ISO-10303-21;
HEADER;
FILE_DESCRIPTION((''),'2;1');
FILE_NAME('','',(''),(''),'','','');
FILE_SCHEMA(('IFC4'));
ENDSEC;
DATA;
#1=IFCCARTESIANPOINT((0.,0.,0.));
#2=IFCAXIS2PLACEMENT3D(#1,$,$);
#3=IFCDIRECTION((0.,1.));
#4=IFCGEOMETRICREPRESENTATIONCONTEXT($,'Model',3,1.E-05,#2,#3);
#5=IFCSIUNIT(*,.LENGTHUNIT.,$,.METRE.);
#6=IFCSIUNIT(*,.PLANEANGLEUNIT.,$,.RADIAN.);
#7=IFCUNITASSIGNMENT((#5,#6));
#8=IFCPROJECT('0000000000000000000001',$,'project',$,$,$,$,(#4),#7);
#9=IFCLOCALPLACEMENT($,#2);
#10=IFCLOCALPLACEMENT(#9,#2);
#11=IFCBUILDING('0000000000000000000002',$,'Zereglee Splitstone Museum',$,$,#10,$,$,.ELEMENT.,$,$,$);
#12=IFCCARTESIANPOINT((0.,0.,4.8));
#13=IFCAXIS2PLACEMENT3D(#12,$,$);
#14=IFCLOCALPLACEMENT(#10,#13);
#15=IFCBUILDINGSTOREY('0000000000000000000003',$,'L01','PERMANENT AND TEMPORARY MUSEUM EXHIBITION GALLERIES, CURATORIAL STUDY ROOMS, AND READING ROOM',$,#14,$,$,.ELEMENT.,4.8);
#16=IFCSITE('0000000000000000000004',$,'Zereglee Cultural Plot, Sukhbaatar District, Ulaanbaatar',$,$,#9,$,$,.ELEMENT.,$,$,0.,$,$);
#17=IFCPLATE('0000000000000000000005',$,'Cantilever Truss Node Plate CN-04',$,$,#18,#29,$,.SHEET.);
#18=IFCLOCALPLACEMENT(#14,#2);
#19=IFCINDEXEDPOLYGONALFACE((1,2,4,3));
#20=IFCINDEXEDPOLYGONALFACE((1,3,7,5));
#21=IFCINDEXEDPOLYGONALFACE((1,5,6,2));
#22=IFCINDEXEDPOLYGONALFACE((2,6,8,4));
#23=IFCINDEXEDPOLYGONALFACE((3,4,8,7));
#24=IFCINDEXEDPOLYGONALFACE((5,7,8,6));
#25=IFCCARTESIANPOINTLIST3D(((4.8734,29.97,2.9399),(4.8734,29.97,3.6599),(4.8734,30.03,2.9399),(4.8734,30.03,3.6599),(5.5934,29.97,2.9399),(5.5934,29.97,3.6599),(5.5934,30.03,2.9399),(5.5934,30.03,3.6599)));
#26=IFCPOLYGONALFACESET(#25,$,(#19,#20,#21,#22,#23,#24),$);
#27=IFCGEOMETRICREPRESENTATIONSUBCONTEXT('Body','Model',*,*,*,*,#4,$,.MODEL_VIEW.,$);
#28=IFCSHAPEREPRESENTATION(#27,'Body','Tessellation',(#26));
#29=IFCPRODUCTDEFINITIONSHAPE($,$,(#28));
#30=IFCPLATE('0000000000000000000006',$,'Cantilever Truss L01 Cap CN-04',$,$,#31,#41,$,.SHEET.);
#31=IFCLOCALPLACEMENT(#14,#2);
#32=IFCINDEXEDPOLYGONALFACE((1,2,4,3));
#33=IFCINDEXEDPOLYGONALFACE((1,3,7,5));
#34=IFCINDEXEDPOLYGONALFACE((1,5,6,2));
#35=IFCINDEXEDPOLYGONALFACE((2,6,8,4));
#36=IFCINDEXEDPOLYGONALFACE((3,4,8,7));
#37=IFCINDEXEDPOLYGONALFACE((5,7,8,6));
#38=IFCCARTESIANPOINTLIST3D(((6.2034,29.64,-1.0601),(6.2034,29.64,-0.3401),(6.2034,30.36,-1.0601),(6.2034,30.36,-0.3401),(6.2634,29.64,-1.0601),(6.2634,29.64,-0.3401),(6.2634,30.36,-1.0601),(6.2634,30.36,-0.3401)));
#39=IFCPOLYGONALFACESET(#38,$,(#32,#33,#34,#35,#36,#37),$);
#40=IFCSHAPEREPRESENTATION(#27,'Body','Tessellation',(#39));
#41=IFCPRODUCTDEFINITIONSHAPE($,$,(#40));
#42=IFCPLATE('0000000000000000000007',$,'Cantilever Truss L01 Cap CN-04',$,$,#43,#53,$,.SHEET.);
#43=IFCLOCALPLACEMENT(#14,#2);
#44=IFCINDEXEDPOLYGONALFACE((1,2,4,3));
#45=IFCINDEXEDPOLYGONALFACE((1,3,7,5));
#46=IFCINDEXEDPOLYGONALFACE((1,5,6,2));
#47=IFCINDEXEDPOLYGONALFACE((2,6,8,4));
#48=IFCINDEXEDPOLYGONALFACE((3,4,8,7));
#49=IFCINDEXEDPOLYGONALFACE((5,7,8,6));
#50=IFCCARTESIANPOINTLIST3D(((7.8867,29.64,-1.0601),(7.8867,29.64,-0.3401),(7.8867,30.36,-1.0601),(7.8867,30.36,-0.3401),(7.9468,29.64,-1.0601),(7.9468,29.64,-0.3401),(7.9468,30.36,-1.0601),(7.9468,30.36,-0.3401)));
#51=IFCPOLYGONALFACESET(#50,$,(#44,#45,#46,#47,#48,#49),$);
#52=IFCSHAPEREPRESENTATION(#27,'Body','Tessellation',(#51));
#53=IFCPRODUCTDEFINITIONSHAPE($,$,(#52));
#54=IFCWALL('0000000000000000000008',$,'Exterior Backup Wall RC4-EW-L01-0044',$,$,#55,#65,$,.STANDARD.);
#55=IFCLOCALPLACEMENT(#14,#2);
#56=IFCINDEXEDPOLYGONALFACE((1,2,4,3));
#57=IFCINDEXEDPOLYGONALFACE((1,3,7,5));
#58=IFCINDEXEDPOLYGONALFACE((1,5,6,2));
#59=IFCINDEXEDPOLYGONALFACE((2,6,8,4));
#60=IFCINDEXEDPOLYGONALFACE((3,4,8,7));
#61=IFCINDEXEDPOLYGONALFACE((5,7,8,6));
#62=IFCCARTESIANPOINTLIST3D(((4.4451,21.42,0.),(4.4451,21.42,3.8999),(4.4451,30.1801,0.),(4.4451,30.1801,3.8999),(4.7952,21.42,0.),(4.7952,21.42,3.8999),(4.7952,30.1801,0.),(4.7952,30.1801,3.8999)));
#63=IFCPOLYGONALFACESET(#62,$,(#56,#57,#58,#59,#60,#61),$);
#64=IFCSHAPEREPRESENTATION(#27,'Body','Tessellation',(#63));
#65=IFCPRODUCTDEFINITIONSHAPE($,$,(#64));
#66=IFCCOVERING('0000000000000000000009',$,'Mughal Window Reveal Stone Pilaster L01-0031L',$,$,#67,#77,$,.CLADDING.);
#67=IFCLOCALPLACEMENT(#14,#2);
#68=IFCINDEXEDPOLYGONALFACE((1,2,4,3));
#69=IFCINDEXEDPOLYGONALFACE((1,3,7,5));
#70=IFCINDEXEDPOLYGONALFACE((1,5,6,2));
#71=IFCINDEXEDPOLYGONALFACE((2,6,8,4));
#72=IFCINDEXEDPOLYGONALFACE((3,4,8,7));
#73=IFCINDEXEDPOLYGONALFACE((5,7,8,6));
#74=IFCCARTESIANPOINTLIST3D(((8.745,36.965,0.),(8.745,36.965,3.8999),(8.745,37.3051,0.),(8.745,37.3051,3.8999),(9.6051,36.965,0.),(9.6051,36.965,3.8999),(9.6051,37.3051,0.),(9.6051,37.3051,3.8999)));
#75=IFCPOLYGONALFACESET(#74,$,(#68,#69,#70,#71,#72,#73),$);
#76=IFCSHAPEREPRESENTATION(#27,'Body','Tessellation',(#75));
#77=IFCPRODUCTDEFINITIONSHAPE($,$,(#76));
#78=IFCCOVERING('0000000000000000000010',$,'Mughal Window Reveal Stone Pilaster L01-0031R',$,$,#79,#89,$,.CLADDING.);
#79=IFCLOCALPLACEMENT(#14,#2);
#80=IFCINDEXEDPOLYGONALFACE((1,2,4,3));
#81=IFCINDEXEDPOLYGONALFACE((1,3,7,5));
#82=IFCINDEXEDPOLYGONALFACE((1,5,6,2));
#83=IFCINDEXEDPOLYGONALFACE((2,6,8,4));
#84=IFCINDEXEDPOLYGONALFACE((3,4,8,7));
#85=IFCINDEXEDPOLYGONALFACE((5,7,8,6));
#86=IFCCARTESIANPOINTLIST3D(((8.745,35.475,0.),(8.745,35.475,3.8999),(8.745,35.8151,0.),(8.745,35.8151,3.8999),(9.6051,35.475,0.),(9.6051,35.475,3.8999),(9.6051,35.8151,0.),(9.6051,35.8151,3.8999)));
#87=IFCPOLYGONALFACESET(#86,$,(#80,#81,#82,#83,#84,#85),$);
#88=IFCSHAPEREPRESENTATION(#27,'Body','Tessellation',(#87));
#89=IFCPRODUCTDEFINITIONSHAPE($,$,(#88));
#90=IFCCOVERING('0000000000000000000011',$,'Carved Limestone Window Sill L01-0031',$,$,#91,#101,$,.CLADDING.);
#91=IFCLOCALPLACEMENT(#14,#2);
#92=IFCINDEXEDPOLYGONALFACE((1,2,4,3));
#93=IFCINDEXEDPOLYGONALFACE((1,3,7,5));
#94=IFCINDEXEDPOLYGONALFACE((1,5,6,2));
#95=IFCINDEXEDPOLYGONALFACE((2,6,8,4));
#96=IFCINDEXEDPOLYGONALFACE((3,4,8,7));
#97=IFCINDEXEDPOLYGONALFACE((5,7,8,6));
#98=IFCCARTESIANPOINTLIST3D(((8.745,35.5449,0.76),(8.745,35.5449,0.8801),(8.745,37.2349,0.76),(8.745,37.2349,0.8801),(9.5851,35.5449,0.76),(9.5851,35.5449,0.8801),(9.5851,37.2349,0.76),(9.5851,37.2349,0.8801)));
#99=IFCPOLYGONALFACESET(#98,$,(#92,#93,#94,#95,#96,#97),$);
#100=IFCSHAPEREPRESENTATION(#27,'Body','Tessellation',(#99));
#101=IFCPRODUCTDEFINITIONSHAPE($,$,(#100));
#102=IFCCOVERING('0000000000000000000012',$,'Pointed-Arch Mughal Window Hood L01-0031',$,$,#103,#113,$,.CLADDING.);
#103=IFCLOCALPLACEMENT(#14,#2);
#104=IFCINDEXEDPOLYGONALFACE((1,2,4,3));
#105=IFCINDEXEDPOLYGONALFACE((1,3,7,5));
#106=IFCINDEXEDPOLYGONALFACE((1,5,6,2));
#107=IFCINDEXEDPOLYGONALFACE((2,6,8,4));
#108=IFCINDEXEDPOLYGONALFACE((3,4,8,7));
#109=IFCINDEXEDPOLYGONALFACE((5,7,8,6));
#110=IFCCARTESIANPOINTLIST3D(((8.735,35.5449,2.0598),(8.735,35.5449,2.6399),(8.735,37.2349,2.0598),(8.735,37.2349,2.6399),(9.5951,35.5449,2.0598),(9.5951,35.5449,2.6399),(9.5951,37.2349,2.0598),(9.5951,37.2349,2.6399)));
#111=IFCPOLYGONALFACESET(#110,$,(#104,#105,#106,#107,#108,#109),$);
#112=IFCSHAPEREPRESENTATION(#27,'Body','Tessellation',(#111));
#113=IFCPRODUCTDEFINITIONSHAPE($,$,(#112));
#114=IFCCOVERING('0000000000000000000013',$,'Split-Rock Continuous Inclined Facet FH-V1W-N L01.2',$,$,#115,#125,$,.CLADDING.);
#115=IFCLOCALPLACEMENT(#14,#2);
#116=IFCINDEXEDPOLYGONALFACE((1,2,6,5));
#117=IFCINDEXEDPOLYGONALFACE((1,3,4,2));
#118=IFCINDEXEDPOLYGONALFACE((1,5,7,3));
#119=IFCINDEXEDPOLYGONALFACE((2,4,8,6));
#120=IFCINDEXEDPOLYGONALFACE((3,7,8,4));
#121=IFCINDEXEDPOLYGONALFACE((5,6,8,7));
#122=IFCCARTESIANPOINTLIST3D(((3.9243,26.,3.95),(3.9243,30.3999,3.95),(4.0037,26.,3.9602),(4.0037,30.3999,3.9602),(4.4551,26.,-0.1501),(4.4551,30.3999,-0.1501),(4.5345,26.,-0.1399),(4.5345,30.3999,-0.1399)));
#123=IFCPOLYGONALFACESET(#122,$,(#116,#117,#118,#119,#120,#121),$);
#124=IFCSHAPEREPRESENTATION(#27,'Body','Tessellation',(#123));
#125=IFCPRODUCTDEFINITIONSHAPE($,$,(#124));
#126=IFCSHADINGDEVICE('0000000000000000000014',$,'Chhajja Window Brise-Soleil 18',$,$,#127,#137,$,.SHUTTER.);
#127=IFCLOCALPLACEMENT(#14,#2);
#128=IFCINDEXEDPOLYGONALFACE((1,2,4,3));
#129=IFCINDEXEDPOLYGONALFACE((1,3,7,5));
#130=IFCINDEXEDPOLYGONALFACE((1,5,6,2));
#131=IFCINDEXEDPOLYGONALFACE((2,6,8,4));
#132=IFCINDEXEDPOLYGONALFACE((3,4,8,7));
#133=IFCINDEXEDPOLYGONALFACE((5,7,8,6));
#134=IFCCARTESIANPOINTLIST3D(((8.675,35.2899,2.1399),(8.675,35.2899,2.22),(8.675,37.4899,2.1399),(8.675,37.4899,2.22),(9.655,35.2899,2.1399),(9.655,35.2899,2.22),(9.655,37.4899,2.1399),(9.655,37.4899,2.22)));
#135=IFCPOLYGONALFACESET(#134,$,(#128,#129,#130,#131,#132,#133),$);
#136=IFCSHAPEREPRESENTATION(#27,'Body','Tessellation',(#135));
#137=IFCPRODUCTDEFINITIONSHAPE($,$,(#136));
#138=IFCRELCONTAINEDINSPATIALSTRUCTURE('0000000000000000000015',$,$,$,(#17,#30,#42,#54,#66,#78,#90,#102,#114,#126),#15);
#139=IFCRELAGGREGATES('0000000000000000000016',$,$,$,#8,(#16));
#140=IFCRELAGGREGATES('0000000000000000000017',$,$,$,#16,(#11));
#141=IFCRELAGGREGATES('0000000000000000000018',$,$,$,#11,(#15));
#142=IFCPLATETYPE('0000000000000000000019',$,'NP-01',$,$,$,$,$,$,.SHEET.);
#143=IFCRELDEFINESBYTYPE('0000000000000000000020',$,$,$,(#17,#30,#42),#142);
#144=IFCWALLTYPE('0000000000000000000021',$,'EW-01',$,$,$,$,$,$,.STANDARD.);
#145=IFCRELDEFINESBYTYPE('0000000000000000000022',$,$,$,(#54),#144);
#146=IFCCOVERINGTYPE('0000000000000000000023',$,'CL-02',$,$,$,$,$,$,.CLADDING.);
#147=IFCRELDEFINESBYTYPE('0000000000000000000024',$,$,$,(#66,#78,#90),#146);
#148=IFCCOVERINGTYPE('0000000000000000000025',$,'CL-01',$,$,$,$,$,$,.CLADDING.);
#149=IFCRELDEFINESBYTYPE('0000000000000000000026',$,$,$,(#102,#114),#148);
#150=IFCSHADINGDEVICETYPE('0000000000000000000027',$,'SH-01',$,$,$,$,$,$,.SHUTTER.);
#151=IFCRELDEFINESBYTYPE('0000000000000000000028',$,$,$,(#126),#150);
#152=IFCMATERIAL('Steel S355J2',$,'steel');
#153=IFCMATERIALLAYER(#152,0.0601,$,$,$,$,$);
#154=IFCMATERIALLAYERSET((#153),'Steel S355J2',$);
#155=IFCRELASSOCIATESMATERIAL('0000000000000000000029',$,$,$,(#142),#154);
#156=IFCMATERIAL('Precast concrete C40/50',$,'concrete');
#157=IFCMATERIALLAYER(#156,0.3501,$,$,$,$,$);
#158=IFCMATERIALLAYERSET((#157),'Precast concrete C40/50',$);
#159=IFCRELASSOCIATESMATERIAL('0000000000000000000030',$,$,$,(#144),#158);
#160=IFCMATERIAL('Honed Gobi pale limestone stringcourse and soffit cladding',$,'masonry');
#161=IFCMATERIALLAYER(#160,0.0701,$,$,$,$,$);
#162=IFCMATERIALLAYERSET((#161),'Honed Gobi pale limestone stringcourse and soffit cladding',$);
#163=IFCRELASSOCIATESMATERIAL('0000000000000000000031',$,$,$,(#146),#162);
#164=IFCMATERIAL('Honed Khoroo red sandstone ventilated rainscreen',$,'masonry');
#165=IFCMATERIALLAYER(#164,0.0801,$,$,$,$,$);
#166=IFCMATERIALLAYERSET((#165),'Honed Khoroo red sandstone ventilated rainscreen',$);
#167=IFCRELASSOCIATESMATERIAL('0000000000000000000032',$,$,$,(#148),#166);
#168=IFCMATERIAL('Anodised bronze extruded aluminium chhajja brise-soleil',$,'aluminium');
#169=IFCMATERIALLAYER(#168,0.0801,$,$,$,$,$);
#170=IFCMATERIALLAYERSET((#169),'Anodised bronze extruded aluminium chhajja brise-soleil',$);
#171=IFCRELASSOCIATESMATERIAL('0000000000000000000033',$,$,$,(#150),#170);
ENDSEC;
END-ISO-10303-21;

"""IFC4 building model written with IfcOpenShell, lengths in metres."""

from ifc_helpers import new_model, si_unit, direction, frame, frame_2d, origin, origin_2d, place, context, subcontext, project, spatial, polyline, rectangle, outline, extrude, material, layer, layer_set, type_object, element, save


model = new_model("IFC4")

# Units and contexts
model_context = context("Model", 3, precision=1e-05, world=origin(), true_north=direction((0.0, 1.0)))
body_context = subcontext(model_context, "Body", "Model", "MODEL_VIEW")
ifc_project = project(units=[si_unit("LENGTHUNIT", "METRE"), si_unit("PLANEANGLEUNIT", "RADIAN")], contexts=[model_context])

# Site, building, storey
site_placement = place(None, origin())
site = spatial("IfcSite", under=ifc_project, at=site_placement, Name="Zereglee Cultural Plot, Sukhbaatar District, Ulaanbaatar", CompositionType="ELEMENT", RefElevation=0.0)
building_placement = place(site_placement, origin())
building = spatial("IfcBuilding", under=site, at=building_placement, Name="Zereglee Splitstone Museum", CompositionType="ELEMENT")
storey_placement = place(building_placement, frame((0.0, 0.0, 4.8)))
storey = spatial("IfcBuildingStorey", under=building, at=storey_placement, Name="L01", Description="PERMANENT AND TEMPORARY MUSEUM EXHIBITION GALLERIES, CURATORIAL STUDY ROOMS, AND READING ROOM", CompositionType="ELEMENT", Elevation=4.8)

# Shared definitions
ifc_material_1 = material(Name="Steel S355J2", Category="steel")

# Plates
ifc_layer_1 = layer(ifc_material_1, 0.0601)
ifc_layer_set_1 = layer_set([ifc_layer_1], Name="Steel S355J2")
plate_type_1 = type_object("IfcPlateType", Name="NP-01", PredefinedType="SHEET", material=ifc_layer_set_1)
plate_1_placement = place(storey_placement, frame((5.2334, 30.0, 2.9399), z_axis=(0.0, 0.0, 1.0), x_axis=(1.0, 0.0, 0.0)))
element("IfcPlate", 1, at=plate_1_placement, inside=storey, type_object=plate_type_1, Name="Cantilever Truss Node Plate CN-04", PredefinedType="SHEET", context=body_context, shape_type="SweptSolid", body=[
    extrude(rectangle(XDim=0.72, YDim=0.0601, at=origin_2d()), origin(), (0.0, 0.0, 1.0), 0.72),
])
for number, where, z_axis, x_axis, name in (
    (2, (6.2334, 30.0, -1.0601), (0.0, 0.0, 1.0), (1.0, 0.0, 0.0), "Cantilever Truss L01 Cap CN-04"),
    (3, (7.9167, 30.0, -1.0601), (0.0, 0.0, 1.0), (1.0, 0.0, 0.0), "Cantilever Truss L01 Cap CN-04"),
):
    element("IfcPlate", number, at=place(storey_placement, frame(where, z_axis=z_axis, x_axis=x_axis)), inside=storey, type_object=plate_type_1, Name=name, PredefinedType="SHEET", context=body_context, shape_type="SweptSolid", body=[
        extrude(rectangle(XDim=0.0601, YDim=0.72, at=origin_2d()), origin(), (0.0, 0.0, 1.0), 0.72),
    ])

# Wall
ifc_material_2 = material(Name="Precast concrete C40/50", Category="concrete")
ifc_layer_2 = layer(ifc_material_2, 0.3501)
ifc_layer_set_2 = layer_set([ifc_layer_2], Name="Precast concrete C40/50")
wall_type = type_object("IfcWallType", Name="EW-01", PredefinedType="STANDARD", material=ifc_layer_set_2)
wall_placement = place(storey_placement, frame((4.6201, 30.1799, 0.0), z_axis=(0.0, 0.0, 1.0), x_axis=(0.0, -1.0, 0.0)))
element("IfcWall", 4, at=wall_placement, inside=storey, type_object=wall_type, Name="Exterior Backup Wall RC4-EW-L01-0044", PredefinedType="STANDARD", context=body_context, shape_type="SweptSolid", body=[
    extrude(rectangle(XDim=8.76, YDim=0.3501, at=frame_2d((4.3799, 0.0))), origin(), (0.0, 0.0, 1.0), 3.8999),
])

# Coverings
ifc_material_3 = material(Name="Honed Gobi pale limestone stringcourse and soffit cladding", Category="masonry")
ifc_layer_3 = layer(ifc_material_3, 0.0701)
ifc_layer_set_3 = layer_set([ifc_layer_3], Name="Honed Gobi pale limestone stringcourse and soffit cladding")
covering_type_1 = type_object("IfcCoveringType", Name="CL-02", PredefinedType="CLADDING", material=ifc_layer_set_3)
for number, where, z_axis, x_axis, name in (
    (5, (9.175, 37.135, 0.0), (0.0, 0.0, 1.0), (0.0, -1.0, 0.0), "Mughal Window Reveal Stone Pilaster L01-0031L"),
    (6, (9.175, 35.645, 0.0), (0.0, 0.0, 1.0), (0.0, -1.0, 0.0), "Mughal Window Reveal Stone Pilaster L01-0031R"),
):
    element("IfcCovering", number, at=place(storey_placement, frame(where, z_axis=z_axis, x_axis=x_axis)), inside=storey, type_object=covering_type_1, Name=name, PredefinedType="CLADDING", context=body_context, shape_type="SweptSolid", body=[
        extrude(rectangle(XDim=0.3401, YDim=0.8601, at=origin_2d()), origin(), (0.0, 0.0, 1.0), 3.8999),
    ])
covering_1_placement = place(storey_placement, frame((9.165, 36.3899, 0.76), z_axis=(0.0, 0.0, 1.0), x_axis=(0.0, -1.0, 0.0)))
element("IfcCovering", 7, at=covering_1_placement, inside=storey, type_object=covering_type_1, Name="Carved Limestone Window Sill L01-0031", PredefinedType="CLADDING", context=body_context, shape_type="SweptSolid", body=[
    extrude(rectangle(XDim=1.6899, YDim=0.8401, at=origin_2d()), origin(), (0.0, 0.0, 1.0), 0.1201),
])
ifc_material_4 = material(Name="Honed Khoroo red sandstone ventilated rainscreen", Category="masonry")
ifc_layer_4 = layer(ifc_material_4, 0.0801)
ifc_layer_set_4 = layer_set([ifc_layer_4], Name="Honed Khoroo red sandstone ventilated rainscreen")
covering_type_2 = type_object("IfcCoveringType", Name="CL-01", PredefinedType="CLADDING", material=ifc_layer_set_4)
covering_2_placement = place(storey_placement, frame((9.165, 36.3899, 2.0598), z_axis=(0.0, 0.0, 1.0), x_axis=(0.0, -1.0, 0.0)))
element("IfcCovering", 8, at=covering_2_placement, inside=storey, type_object=covering_type_2, Name="Pointed-Arch Mughal Window Hood L01-0031", PredefinedType="CLADDING", context=body_context, shape_type="SweptSolid", body=[
    extrude(rectangle(XDim=1.6899, YDim=0.8601, at=origin_2d()), origin(), (0.0, 0.0, 1.0), 0.5801),
])
covering_3_placement = place(storey_placement, frame((3.9243, 26.0, 3.95), z_axis=(-0.991725, 0.0, -0.12838), x_axis=(0.0, 1.0, 0.0)))
element("IfcCovering", 9, at=covering_3_placement, inside=storey, type_object=covering_type_2, Name="Split-Rock Continuous Inclined Facet FH-V1W-N L01.2", PredefinedType="CLADDING", context=body_context, shape_type="SweptSolid", body=[
    extrude(outline(polyline([(0.0, 0.0), (4.3999, 0.0), (4.3999, 4.1343), (0.0, 4.1343), (0.0, 0.0)])), origin(), (0.0, 0.0, -1.0), 0.0801),
])

# Shading device
ifc_material_5 = material(Name="Anodised bronze extruded aluminium chhajja brise-soleil", Category="aluminium")
ifc_layer_5 = layer(ifc_material_5, 0.0801)
ifc_layer_set_5 = layer_set([ifc_layer_5], Name="Anodised bronze extruded aluminium chhajja brise-soleil")
shading_device_type = type_object("IfcShadingDeviceType", Name="SH-01", PredefinedType="SHUTTER", material=ifc_layer_set_5)
shading_device_placement = place(storey_placement, frame((9.165, 36.3899, 2.1399), z_axis=(0.0, 0.0, 1.0), x_axis=(0.0, -1.0, 0.0)))
element("IfcShadingDevice", 10, at=shading_device_placement, inside=storey, type_object=shading_device_type, Name="Chhajja Window Brise-Soleil 18", PredefinedType="SHUTTER", context=body_context, shape_type="SweptSolid", body=[
    extrude(rectangle(XDim=2.2, YDim=0.98, at=origin_2d()), origin(), (0.0, 0.0, 1.0), 0.0801),
])

save(model, "model.ifc")
